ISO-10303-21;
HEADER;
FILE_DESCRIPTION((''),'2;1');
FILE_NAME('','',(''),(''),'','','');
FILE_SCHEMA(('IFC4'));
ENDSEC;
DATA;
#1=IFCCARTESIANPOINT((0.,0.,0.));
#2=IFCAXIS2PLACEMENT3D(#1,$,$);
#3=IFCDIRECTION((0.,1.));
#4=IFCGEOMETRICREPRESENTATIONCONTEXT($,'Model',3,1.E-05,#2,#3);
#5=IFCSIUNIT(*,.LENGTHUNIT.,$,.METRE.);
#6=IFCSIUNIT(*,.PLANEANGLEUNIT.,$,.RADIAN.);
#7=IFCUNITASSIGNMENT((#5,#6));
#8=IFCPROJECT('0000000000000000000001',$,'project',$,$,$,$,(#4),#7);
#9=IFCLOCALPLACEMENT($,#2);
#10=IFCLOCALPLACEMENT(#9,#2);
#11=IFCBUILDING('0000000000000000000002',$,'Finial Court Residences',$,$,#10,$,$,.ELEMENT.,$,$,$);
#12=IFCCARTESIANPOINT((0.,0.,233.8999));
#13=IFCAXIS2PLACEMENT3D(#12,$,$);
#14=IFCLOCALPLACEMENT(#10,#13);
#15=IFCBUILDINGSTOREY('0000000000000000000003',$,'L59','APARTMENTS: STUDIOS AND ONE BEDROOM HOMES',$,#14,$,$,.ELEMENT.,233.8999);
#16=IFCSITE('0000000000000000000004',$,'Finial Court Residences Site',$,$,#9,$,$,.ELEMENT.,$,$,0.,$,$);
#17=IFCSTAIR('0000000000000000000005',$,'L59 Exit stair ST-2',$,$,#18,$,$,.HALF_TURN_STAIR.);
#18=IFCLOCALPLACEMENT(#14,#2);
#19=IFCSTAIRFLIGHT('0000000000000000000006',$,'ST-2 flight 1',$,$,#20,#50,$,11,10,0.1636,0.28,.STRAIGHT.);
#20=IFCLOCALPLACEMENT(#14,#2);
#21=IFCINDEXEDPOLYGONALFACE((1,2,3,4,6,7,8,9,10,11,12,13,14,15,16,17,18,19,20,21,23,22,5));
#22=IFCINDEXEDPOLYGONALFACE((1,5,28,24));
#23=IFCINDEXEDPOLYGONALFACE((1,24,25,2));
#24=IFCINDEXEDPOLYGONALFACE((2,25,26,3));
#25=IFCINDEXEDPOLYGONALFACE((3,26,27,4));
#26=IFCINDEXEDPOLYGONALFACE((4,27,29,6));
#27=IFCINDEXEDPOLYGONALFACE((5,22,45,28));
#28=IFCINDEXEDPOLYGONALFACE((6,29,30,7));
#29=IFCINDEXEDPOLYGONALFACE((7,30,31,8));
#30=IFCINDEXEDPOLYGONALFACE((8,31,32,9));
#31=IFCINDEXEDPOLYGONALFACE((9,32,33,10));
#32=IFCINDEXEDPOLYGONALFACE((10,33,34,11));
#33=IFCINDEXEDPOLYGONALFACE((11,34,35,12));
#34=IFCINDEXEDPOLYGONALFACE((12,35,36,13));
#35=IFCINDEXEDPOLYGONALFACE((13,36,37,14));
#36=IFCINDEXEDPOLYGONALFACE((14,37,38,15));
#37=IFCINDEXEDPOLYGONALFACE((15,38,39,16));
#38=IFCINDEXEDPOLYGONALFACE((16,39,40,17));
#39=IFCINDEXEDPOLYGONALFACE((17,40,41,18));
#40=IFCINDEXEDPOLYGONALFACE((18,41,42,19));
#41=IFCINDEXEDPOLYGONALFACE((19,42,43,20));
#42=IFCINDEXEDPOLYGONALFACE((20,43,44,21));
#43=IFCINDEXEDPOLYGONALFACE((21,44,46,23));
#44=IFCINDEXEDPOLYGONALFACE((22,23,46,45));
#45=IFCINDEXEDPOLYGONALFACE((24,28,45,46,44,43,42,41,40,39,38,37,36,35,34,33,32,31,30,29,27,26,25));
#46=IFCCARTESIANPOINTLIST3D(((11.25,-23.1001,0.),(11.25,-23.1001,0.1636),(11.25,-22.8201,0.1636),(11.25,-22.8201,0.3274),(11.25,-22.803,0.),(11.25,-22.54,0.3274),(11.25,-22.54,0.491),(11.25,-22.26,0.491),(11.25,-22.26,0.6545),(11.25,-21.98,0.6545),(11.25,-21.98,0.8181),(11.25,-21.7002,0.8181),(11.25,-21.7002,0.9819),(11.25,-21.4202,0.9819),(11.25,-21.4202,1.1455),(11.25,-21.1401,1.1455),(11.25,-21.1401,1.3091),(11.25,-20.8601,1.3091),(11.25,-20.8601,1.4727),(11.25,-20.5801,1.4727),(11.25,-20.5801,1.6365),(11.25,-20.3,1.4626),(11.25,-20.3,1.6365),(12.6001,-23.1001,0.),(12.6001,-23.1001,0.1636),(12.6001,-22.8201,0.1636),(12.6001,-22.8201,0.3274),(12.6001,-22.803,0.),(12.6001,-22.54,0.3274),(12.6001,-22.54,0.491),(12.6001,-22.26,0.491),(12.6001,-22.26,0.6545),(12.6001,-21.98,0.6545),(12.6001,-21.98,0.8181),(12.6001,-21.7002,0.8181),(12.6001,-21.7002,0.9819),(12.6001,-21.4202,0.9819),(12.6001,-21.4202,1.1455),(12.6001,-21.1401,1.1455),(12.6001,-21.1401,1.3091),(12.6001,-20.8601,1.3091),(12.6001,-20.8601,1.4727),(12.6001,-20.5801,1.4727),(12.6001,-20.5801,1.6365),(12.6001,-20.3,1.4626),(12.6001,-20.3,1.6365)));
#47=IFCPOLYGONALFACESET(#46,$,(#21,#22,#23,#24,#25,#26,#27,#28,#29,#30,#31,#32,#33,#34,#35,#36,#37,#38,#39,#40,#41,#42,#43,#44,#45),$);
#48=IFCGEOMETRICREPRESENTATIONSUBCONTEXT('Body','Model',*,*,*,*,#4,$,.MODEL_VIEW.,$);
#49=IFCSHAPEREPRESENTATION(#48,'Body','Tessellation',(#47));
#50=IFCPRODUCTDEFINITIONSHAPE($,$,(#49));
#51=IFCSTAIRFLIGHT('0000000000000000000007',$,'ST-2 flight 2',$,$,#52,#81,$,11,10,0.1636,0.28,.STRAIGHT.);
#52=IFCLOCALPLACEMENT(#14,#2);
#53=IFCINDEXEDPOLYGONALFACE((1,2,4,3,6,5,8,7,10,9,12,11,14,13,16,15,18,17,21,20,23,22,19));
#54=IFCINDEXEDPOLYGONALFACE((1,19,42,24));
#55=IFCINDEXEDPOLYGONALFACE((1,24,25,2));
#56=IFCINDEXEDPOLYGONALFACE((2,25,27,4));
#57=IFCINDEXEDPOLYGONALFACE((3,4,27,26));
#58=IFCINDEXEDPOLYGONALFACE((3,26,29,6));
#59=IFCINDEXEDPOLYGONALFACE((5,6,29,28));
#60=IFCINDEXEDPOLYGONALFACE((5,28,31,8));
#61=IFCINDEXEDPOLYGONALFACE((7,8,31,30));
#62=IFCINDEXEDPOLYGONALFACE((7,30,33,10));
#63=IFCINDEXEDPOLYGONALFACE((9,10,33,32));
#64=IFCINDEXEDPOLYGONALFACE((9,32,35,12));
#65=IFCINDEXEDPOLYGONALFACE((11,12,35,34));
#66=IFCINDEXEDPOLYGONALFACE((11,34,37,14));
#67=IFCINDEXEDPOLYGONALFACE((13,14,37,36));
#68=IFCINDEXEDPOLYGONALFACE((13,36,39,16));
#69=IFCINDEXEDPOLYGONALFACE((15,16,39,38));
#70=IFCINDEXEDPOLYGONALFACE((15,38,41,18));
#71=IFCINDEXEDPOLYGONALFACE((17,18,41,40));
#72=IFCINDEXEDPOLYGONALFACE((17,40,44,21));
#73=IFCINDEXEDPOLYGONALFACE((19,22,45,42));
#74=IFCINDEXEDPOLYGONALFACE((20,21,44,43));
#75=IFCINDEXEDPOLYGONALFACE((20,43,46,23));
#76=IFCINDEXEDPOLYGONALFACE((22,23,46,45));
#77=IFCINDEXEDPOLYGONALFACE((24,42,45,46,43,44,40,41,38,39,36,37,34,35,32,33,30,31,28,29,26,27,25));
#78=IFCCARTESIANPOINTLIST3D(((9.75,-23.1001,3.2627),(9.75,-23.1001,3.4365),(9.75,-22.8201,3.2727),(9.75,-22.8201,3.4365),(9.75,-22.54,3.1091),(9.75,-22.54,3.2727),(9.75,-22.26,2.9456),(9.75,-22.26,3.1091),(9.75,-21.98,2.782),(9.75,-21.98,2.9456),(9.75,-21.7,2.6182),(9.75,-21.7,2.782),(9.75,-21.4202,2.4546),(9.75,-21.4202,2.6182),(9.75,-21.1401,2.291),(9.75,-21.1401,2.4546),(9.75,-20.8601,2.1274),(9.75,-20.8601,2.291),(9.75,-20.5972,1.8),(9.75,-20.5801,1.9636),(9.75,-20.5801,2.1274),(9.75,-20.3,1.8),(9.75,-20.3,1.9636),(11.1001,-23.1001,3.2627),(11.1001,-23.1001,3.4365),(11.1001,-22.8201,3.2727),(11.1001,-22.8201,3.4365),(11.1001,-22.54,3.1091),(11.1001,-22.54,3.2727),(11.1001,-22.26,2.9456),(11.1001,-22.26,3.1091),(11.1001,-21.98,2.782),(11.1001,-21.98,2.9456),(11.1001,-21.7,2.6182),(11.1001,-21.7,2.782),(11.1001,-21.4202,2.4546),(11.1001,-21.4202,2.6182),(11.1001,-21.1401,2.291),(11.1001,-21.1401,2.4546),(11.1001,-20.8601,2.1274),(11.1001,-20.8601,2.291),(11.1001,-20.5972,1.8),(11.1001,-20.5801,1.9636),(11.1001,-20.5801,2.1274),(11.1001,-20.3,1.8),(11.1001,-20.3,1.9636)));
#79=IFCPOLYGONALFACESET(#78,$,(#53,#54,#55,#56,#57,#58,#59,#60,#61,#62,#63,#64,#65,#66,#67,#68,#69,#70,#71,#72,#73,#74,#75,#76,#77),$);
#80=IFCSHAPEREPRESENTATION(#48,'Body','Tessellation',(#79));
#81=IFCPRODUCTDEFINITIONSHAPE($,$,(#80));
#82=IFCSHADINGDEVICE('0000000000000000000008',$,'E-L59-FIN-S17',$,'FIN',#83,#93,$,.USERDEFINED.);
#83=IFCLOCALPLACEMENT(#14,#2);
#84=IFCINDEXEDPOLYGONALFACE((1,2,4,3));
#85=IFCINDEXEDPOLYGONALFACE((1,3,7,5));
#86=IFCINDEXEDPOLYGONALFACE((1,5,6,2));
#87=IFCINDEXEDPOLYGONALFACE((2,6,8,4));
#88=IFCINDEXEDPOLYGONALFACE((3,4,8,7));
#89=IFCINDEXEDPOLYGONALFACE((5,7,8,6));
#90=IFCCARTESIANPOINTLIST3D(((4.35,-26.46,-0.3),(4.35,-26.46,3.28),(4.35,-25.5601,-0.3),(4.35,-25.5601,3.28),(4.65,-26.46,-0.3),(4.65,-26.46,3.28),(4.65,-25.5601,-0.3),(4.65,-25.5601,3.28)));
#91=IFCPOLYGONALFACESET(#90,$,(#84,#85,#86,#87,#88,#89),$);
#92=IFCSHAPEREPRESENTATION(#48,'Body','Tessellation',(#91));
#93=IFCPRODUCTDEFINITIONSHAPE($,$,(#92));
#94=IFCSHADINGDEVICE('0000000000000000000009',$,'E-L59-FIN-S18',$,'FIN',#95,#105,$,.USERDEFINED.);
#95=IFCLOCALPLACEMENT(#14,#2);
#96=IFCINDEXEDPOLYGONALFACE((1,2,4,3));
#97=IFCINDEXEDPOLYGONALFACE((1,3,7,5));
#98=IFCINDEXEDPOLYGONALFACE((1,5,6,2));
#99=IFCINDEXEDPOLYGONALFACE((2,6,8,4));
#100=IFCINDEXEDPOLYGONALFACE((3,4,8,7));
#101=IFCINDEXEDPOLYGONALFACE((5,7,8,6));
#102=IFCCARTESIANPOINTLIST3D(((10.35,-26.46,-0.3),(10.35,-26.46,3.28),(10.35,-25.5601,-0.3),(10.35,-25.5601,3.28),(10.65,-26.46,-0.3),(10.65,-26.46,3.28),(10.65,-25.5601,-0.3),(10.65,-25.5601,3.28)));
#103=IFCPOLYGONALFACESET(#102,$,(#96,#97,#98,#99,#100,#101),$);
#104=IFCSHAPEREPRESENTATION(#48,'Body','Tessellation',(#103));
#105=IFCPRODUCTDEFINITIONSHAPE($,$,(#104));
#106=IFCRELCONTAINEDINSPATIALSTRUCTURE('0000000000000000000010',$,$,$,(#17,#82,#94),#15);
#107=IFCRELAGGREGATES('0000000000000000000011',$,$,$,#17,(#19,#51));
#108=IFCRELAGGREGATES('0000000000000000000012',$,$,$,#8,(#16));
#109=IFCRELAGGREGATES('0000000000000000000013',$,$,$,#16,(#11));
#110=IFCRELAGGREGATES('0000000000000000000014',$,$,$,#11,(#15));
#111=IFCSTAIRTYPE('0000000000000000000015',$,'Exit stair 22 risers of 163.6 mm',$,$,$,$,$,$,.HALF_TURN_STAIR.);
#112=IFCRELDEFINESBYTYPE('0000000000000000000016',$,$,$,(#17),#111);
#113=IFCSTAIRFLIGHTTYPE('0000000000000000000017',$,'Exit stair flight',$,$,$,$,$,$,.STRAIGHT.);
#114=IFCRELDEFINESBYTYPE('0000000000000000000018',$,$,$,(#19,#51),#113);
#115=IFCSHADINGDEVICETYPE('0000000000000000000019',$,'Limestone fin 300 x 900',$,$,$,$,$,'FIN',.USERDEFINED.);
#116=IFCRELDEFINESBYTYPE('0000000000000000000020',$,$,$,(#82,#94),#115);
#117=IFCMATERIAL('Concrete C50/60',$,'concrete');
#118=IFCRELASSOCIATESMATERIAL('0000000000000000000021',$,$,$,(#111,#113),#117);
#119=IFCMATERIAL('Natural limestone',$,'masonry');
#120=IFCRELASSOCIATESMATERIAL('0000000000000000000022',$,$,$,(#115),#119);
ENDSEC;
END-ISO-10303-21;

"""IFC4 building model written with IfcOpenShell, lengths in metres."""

from ifc_helpers import new_model, si_unit, direction, frame, origin, origin_2d, place, context, subcontext, project, spatial, polyline, rectangle, outline, extrude, material, type_object, element, aggregate, save


model = new_model("IFC4")

# Units and contexts
model_context = context("Model", 3, precision=1e-05, world=origin(), true_north=direction((0.0, 1.0)))
body_context = subcontext(model_context, "Body", "Model", "MODEL_VIEW")
ifc_project = project(units=[si_unit("LENGTHUNIT", "METRE"), si_unit("PLANEANGLEUNIT", "RADIAN")], contexts=[model_context])

# Site, building, storey
site_placement = place(None, origin())
site = spatial("IfcSite", under=ifc_project, at=site_placement, Name="Finial Court Residences Site", CompositionType="ELEMENT", RefElevation=0.0)
building_placement = place(site_placement, origin())
building = spatial("IfcBuilding", under=site, at=building_placement, Name="Finial Court Residences", CompositionType="ELEMENT")
storey_placement = place(building_placement, frame((0.0, 0.0, 233.8999)))
storey = spatial("IfcBuildingStorey", under=building, at=storey_placement, Name="L59", Description="APARTMENTS: STUDIOS AND ONE BEDROOM HOMES", CompositionType="ELEMENT", Elevation=233.8999)

# Stair, stair flights
ifc_material_1 = material(Name="Concrete C50/60", Category="concrete")
stair_type = type_object("IfcStairType", Name="Exit stair 22 risers of 163.6 mm", PredefinedType="HALF_TURN_STAIR", material=ifc_material_1)
stair_placement = place(storey_placement, origin())
stair = element("IfcStair", 1, at=stair_placement, inside=storey, type_object=stair_type, Name="L59 Exit stair ST-2", PredefinedType="HALF_TURN_STAIR")
stair_flight_type = type_object("IfcStairFlightType", Name="Exit stair flight", PredefinedType="STRAIGHT", material=ifc_material_1)
stair_flight_1_placement = place(storey_placement, frame((11.925, -23.1001, 0.0), z_axis=(0.0, 0.0, 1.0), x_axis=(0.0, 1.0, 0.0)))
stair_flight_1 = element("IfcStairFlight", 2, at=stair_flight_1_placement, type_object=stair_flight_type, Name="ST-2 flight 1", NumberOfRisers=11, NumberOfTreads=10, PredefinedType="STRAIGHT", RiserHeight=0.1636, TreadLength=0.28, context=body_context, shape_type="SweptSolid", body=[
    extrude(outline(polyline([(0.0, 0.0), (0.0, 0.1636), (0.28, 0.1636), (0.28, 0.3274), (0.5601, 0.3274), (0.5601, 0.491), (0.8401, 0.491), (0.8401, 0.6545), (1.1201, 0.6545), (1.1201, 0.8181), (1.3999, 0.8181), (1.3999, 0.9819), (1.6799, 0.9819), (1.6799, 1.1455), (1.96, 1.1455), (1.96, 1.3091), (2.24, 1.3091), (2.24, 1.4727), (2.52, 1.4727), (2.52, 1.6365), (2.8, 1.6365), (2.8, 1.8), (2.8, 1.4626), (0.2971, 0.0), (0.0, 0.0)])), frame((0.0, 0.675, 0.0), z_axis=(0.0, -1.0, 0.0), x_axis=(1.0, 0.0, 0.0)), (0.0, 0.0, 1.0), 1.3501),
])
stair_flight_2_placement = place(storey_placement, frame((10.425, -20.3, 1.8), z_axis=(0.0, 0.0, 1.0), x_axis=(0.0, -1.0, 0.0)))
stair_flight_2 = element("IfcStairFlight", 3, at=stair_flight_2_placement, type_object=stair_flight_type, Name="ST-2 flight 2", NumberOfRisers=11, NumberOfTreads=10, PredefinedType="STRAIGHT", RiserHeight=0.1636, TreadLength=0.28, context=body_context, shape_type="SweptSolid", body=[
    extrude(outline(polyline([(0.0, 0.0), (0.0, 0.1636), (0.28, 0.1636), (0.28, 0.3274), (0.5601, 0.3274), (0.5601, 0.491), (0.8401, 0.491), (0.8401, 0.6545), (1.1201, 0.6545), (1.1201, 0.8181), (1.3999, 0.8181), (1.3999, 0.9819), (1.6799, 0.9819), (1.6799, 1.1455), (1.96, 1.1455), (1.96, 1.3091), (2.24, 1.3091), (2.24, 1.4727), (2.52, 1.4727), (2.52, 1.6365), (2.8, 1.6365), (2.8, 1.8), (2.8, 1.4626), (0.2971, 0.0), (0.0, 0.0)])), frame((0.0, 0.675, 0.0), z_axis=(0.0, -1.0, 0.0), x_axis=(1.0, 0.0, 0.0)), (0.0, 0.0, 1.0), 1.3501),
])
aggregate(stair, [stair_flight_1, stair_flight_2])

# Shading devices
ifc_material_2 = material(Name="Natural limestone", Category="masonry")
shading_device_type = type_object("IfcShadingDeviceType", Name="Limestone fin 300 x 900", ElementType="FIN", PredefinedType="USERDEFINED", material=ifc_material_2)
for number, where, z_axis, x_axis, name in (
    (4, (4.5, -26.01, -0.3), (0.0, 0.0, 1.0), (1.0, 0.0, 0.0), "E-L59-FIN-S17"),
    (5, (10.5, -26.01, -0.3), (0.0, 0.0, 1.0), (1.0, 0.0, 0.0), "E-L59-FIN-S18"),
):
    element("IfcShadingDevice", number, at=place(storey_placement, frame(where, z_axis=z_axis, x_axis=x_axis)), inside=storey, type_object=shading_device_type, Name=name, ObjectType="FIN", PredefinedType="USERDEFINED", context=body_context, shape_type="SweptSolid", body=[
        extrude(rectangle(XDim=0.3, YDim=0.8999, at=origin_2d()), origin(), (0.0, 0.0, 1.0), 3.5801),
    ])

save(model, "model.ifc")
